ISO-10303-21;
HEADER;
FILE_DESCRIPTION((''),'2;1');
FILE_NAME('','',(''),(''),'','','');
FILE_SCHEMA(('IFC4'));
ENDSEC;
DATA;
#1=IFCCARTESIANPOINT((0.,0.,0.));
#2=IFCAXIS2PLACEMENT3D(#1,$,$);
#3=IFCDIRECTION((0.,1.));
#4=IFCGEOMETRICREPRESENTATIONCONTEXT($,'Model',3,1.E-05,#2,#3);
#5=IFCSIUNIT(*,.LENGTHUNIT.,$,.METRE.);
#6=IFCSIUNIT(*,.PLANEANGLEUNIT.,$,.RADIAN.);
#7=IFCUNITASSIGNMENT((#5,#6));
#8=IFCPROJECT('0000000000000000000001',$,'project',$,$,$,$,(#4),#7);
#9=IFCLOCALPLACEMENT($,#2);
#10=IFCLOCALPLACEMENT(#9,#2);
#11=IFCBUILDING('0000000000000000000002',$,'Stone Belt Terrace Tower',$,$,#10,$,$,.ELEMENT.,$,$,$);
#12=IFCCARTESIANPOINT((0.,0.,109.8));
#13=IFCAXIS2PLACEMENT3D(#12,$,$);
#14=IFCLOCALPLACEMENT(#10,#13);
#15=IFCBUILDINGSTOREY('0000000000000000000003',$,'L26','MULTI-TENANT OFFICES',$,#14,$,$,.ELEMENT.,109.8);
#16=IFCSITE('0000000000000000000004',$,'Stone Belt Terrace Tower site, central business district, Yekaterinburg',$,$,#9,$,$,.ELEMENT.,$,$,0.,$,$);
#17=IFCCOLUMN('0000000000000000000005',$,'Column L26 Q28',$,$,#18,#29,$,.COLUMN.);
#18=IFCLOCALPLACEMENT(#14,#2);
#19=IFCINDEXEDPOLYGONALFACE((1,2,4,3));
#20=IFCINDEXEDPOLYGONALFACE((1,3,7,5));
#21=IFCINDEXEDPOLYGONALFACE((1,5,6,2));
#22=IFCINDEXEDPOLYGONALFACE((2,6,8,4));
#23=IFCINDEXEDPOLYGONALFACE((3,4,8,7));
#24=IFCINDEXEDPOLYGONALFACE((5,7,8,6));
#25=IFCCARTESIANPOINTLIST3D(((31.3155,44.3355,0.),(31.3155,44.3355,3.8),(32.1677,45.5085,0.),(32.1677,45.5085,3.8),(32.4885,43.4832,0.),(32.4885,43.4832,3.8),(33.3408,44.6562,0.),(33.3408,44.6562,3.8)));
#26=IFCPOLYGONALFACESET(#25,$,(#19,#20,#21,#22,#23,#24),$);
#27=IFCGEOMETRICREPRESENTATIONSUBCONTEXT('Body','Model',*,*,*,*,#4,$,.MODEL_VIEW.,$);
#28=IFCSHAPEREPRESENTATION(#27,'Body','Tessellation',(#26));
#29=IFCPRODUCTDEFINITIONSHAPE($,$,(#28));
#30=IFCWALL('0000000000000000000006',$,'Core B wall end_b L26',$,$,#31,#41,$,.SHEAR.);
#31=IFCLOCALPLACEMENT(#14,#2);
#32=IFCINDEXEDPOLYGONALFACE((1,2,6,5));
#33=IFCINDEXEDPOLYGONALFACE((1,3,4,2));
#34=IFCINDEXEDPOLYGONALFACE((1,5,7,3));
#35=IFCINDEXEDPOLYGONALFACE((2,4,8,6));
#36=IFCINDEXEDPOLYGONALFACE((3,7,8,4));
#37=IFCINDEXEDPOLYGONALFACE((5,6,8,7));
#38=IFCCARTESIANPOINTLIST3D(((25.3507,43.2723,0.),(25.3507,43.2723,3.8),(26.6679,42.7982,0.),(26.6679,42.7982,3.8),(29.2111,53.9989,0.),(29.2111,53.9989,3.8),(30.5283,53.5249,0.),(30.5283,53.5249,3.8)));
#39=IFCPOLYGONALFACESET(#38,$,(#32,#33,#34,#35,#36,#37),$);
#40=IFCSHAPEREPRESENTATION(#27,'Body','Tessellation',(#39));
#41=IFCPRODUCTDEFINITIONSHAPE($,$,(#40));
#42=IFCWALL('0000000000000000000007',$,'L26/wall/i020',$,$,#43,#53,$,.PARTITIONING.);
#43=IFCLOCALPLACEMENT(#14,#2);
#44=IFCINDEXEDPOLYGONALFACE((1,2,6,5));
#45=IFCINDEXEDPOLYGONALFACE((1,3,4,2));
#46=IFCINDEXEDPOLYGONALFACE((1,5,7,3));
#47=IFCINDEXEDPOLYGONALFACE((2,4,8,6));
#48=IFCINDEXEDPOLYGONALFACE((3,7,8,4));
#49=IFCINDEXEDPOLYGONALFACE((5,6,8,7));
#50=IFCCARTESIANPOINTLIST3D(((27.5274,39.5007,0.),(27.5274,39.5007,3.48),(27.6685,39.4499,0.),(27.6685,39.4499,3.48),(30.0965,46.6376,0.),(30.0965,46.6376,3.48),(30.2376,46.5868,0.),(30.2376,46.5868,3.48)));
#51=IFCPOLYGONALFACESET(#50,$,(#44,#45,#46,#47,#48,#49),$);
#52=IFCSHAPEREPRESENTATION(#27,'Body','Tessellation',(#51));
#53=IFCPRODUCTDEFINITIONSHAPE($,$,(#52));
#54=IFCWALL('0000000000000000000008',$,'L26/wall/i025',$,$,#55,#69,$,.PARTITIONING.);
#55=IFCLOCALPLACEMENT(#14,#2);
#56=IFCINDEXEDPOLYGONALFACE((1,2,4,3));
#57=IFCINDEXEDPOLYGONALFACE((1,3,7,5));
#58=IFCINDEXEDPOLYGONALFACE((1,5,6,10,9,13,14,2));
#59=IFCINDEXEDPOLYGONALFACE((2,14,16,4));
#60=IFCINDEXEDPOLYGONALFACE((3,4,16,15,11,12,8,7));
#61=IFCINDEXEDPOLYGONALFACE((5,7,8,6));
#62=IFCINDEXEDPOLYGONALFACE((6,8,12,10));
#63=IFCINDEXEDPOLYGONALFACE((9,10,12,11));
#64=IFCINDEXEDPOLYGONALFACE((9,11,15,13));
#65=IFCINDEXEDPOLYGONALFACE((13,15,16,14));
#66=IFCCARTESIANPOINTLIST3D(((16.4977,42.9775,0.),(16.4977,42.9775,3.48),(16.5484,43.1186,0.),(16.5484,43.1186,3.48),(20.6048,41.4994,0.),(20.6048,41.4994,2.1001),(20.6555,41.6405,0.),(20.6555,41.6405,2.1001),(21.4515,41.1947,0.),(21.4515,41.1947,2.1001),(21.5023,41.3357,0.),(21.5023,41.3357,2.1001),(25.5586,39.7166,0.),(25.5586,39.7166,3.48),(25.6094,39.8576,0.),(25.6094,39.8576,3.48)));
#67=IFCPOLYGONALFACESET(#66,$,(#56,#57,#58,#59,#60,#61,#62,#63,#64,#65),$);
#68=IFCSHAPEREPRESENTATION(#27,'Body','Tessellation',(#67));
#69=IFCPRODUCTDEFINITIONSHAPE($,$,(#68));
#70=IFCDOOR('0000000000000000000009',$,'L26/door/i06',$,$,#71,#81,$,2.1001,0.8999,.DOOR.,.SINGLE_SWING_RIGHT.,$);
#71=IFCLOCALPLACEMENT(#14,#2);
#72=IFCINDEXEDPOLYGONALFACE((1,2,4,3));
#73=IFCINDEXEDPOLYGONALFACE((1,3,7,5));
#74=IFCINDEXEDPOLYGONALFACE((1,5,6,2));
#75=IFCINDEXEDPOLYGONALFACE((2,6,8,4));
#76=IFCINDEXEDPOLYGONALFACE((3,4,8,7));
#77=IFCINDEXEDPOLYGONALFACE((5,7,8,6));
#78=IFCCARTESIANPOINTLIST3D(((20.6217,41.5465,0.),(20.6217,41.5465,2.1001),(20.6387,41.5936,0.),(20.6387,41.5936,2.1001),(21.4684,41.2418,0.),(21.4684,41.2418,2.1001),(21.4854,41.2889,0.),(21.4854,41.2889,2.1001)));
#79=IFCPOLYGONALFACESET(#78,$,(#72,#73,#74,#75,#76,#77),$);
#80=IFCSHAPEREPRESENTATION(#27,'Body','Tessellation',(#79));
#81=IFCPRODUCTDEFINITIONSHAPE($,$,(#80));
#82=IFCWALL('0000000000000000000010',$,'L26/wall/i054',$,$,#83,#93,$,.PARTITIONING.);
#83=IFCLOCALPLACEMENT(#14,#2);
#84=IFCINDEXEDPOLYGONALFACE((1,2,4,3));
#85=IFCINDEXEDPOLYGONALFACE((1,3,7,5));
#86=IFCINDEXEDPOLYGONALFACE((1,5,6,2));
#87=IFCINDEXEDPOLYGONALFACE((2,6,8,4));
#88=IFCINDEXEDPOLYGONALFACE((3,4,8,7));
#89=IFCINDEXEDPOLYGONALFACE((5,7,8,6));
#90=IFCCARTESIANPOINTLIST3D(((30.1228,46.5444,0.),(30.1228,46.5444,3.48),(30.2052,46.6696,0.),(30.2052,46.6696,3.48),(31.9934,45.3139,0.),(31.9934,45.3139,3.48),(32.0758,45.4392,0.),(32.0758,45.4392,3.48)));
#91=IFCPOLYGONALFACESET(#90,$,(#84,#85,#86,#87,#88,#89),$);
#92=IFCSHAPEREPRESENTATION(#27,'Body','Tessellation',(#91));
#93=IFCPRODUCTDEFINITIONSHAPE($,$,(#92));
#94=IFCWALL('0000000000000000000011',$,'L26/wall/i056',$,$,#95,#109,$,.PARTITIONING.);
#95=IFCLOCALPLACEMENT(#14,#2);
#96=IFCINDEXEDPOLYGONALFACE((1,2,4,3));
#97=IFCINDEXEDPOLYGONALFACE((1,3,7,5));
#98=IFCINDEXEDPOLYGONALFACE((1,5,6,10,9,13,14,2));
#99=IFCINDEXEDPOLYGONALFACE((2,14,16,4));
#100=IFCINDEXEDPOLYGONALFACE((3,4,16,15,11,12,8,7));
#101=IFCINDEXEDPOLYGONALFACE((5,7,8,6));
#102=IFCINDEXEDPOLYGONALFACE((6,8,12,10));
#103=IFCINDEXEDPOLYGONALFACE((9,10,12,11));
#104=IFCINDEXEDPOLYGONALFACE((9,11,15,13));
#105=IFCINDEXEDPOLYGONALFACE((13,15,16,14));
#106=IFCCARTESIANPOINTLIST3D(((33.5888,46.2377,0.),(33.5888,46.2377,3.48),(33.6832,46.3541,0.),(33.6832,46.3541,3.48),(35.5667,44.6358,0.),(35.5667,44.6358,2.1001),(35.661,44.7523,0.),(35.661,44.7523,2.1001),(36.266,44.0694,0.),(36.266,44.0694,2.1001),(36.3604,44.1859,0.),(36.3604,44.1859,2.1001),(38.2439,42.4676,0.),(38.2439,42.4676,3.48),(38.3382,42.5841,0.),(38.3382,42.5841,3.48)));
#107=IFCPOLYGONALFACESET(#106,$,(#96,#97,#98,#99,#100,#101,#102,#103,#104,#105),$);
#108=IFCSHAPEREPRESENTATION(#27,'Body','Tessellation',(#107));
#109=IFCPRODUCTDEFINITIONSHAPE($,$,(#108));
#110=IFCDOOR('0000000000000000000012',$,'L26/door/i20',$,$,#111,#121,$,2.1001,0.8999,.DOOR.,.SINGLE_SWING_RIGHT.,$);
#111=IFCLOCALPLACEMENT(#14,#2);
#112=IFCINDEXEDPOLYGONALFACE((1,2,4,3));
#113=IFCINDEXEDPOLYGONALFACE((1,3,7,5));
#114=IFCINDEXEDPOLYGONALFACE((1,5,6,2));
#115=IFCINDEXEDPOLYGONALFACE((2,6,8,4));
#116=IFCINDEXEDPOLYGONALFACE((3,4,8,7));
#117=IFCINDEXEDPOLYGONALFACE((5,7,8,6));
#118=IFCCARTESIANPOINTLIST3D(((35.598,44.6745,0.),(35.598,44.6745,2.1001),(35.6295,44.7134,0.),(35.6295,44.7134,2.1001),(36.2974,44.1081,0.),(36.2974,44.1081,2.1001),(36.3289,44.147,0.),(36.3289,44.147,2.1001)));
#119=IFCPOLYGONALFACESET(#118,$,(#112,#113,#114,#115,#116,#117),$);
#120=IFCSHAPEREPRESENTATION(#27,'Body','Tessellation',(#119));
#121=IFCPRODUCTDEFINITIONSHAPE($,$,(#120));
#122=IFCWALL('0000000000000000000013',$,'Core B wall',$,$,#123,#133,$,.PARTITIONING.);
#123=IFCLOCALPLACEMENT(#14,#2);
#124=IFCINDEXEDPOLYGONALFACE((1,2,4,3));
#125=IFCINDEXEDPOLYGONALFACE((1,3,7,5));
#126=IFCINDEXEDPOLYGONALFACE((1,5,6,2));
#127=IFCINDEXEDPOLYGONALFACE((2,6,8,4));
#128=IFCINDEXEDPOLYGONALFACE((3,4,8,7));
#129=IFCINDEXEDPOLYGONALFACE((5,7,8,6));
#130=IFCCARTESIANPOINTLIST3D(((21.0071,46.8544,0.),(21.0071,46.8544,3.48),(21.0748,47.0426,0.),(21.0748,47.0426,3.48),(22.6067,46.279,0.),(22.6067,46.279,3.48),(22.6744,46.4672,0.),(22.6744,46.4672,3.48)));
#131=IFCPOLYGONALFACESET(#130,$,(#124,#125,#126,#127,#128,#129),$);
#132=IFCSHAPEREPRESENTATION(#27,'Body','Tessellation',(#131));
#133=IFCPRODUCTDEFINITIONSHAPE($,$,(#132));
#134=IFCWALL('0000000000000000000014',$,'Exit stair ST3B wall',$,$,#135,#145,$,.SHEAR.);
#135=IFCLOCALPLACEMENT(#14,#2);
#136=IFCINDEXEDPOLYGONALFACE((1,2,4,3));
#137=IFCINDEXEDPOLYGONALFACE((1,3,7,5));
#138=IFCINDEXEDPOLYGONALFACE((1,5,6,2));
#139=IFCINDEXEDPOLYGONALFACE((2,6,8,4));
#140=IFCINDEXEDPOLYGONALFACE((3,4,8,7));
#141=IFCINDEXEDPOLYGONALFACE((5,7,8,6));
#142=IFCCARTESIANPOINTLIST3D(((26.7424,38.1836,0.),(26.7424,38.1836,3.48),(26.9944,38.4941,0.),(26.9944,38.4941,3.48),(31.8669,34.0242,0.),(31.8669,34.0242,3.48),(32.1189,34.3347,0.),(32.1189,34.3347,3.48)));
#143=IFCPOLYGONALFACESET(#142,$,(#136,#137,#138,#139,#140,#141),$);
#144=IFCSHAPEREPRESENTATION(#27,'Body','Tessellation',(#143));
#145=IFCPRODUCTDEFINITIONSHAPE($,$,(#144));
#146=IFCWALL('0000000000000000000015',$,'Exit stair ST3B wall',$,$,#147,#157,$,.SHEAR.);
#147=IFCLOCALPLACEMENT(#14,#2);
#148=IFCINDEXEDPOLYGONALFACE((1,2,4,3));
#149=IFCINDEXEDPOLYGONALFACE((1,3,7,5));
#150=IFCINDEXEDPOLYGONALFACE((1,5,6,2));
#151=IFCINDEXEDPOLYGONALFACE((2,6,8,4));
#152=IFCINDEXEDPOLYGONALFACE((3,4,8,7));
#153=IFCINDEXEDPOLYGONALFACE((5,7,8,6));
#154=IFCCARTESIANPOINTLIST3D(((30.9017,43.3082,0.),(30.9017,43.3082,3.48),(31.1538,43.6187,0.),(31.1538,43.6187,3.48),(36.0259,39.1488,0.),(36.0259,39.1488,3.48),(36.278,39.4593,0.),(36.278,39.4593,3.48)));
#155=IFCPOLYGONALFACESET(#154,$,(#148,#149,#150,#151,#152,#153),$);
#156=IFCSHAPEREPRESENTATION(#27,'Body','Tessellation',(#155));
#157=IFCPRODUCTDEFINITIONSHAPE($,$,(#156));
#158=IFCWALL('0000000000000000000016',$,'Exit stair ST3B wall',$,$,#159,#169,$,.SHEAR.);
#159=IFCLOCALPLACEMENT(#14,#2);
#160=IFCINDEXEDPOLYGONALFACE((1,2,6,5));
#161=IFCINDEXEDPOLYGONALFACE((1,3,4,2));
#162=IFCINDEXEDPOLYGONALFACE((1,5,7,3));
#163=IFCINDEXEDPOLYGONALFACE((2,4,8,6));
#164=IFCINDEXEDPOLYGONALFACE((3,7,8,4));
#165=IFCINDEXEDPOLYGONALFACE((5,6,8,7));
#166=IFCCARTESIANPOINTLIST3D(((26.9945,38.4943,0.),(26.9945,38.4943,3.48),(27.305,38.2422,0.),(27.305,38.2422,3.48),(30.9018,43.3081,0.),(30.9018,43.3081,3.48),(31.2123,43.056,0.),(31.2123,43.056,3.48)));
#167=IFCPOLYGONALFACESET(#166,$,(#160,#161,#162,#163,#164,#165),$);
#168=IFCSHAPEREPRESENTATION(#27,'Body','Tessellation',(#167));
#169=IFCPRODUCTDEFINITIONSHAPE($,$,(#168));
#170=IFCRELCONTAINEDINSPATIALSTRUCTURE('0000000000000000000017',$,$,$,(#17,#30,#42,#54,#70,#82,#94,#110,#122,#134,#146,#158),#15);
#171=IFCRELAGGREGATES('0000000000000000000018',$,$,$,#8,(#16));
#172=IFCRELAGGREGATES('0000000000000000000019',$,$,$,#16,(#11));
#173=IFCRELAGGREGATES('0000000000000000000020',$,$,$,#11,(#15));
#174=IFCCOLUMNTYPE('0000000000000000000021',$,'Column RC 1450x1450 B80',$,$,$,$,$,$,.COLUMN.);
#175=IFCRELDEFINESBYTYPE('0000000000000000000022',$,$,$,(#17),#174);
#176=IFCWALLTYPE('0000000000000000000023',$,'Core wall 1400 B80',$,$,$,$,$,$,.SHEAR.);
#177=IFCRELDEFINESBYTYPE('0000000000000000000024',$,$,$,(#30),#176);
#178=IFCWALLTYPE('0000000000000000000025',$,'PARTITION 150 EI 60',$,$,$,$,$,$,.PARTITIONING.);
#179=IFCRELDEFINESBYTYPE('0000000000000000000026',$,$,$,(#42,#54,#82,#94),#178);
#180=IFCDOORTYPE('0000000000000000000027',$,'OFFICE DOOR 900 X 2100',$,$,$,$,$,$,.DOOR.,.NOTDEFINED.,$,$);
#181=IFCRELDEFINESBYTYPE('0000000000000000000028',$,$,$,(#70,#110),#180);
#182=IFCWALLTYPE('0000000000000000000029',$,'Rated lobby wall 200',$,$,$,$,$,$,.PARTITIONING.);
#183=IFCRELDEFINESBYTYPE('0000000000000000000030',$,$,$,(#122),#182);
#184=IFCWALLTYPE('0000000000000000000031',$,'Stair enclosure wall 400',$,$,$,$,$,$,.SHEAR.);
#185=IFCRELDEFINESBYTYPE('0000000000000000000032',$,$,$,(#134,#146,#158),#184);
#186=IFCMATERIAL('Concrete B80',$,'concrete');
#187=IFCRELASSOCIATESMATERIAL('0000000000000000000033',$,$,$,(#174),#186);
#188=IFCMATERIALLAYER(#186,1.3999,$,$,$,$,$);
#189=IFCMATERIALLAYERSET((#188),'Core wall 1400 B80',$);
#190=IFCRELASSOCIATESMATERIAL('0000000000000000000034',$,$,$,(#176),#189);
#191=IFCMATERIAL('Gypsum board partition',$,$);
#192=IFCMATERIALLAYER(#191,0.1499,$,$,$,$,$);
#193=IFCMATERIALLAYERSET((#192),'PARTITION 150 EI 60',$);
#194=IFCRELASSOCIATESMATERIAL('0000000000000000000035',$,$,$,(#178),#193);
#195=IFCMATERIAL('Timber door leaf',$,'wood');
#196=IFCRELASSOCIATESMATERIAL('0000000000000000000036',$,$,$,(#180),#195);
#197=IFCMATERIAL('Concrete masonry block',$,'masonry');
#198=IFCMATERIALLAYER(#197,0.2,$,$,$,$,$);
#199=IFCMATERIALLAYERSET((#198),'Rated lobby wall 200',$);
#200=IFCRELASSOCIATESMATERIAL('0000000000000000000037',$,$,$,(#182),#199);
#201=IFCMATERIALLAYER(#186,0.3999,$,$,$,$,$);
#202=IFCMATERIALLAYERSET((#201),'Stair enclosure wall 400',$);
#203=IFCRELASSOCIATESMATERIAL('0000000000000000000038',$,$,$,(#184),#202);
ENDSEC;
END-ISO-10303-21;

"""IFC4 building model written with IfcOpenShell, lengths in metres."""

from ifc_helpers import new_model, si_unit, direction, frame, frame_2d, origin, origin_2d, place, context, subcontext, project, spatial, rectangle, extrude, material, layer, layer_set, material_profile, profile_set, type_object, element, fill, save


model = new_model("IFC4")

# Units and contexts
model_context = context("Model", 3, precision=1e-05, world=origin(), true_north=direction((0.0, 1.0)))
body_context = subcontext(model_context, "Body", "Model", "MODEL_VIEW")
ifc_project = project(units=[si_unit("LENGTHUNIT", "METRE"), si_unit("PLANEANGLEUNIT", "RADIAN")], contexts=[model_context])

# Site, building, storey
site_placement = place(None, origin())
site = spatial("IfcSite", under=ifc_project, at=site_placement, Name="Stone Belt Terrace Tower site, central business district, Yekaterinburg", CompositionType="ELEMENT", RefElevation=0.0)
building_placement = place(site_placement, origin())
building = spatial("IfcBuilding", under=site, at=building_placement, Name="Stone Belt Terrace Tower", CompositionType="ELEMENT")
storey_placement = place(building_placement, frame((0.0, 0.0, 109.8)))
storey = spatial("IfcBuildingStorey", under=building, at=storey_placement, Name="L26", Description="MULTI-TENANT OFFICES", CompositionType="ELEMENT", Elevation=109.8)

# Column
ifc_material_1 = material(Name="Concrete B80", Category="concrete")
ifc_material_profile = material_profile(ifc_material_1, rectangle(XDim=1.45, YDim=1.45, at=origin_2d()), Name="RC 1450x1450")
ifc_profile_set = profile_set([ifc_material_profile], Name="Concrete B80")
column_type = type_object("IfcColumnType", Name="Column RC 1450x1450 B80", PredefinedType="COLUMN", material=ifc_profile_set)
column_placement = place(storey_placement, frame((32.3281, 44.4958, 0.0), z_axis=(0.0, 0.0, 1.0), x_axis=(0.809017, -0.587785, 0.0)))
element("IfcColumn", 1, at=column_placement, inside=storey, type_object=column_type, Name="Column L26 Q28", PredefinedType="COLUMN", context=body_context, shape_type="SweptSolid", body=[
    extrude(rectangle(XDim=1.45, YDim=1.45, at=origin_2d()), origin(), (0.0, 0.0, 1.0), 3.8),
])

# Walls
ifc_layer_1 = layer(ifc_material_1, 1.3999)
ifc_layer_set_1 = layer_set([ifc_layer_1], Name="Core wall 1400 B80")
wall_type_1 = type_object("IfcWallType", Name="Core wall 1400 B80", PredefinedType="SHEAR", material=ifc_layer_set_1)
wall_1_placement = place(storey_placement, frame((26.0093, 43.0352, 0.0), z_axis=(0.0, 0.0, 1.0), x_axis=(0.338625, 0.940921, 0.0)))
element("IfcWall", 2, at=wall_1_placement, inside=storey, type_object=wall_type_1, Name="Core B wall end_b L26", PredefinedType="SHEAR", context=body_context, shape_type="SweptSolid", body=[
    extrude(rectangle(XDim=11.4001, YDim=1.3999, at=frame_2d((5.7002, 0.0))), origin(), (0.0, 0.0, 1.0), 3.8),
])
ifc_material_2 = material(Name="Gypsum board partition")
ifc_layer_2 = layer(ifc_material_2, 0.1499)
ifc_layer_set_2 = layer_set([ifc_layer_2], Name="PARTITION 150 EI 60")
wall_type_2 = type_object("IfcWallType", Name="PARTITION 150 EI 60", PredefinedType="PARTITIONING", material=ifc_layer_set_2)
wall_2_placement = place(storey_placement, frame((30.167, 46.6121, 0.0), z_axis=(0.0, 0.0, 1.0), x_axis=(-0.338694, -0.940896, 0.0)))
element("IfcWall", 3, at=wall_2_placement, inside=storey, type_object=wall_type_2, Name="L26/wall/i020", PredefinedType="PARTITIONING", context=body_context, shape_type="SweptSolid", body=[
    extrude(rectangle(XDim=7.5852, YDim=0.1499, at=frame_2d((3.7925, 0.0))), origin(), (0.0, 0.0, 1.0), 3.48),
])

# Wall, opening, door
wall_3_placement = place(storey_placement, frame((25.584, 39.7871, 0.0), z_axis=(0.0, 0.0, 1.0), x_axis=(-0.94092, 0.338629, 0.0)))
wall_3 = element("IfcWall", 4, at=wall_3_placement, inside=storey, type_object=wall_type_2, Name="L26/wall/i025", PredefinedType="PARTITIONING", context=body_context, shape_type="SweptSolid", body=[
    extrude(rectangle(XDim=9.6299, YDim=0.1499, at=frame_2d((4.8149, 0.0))), origin(), (0.0, 0.0, 1.0), 3.48),
])
opening_1_placement = place(wall_3_placement, frame((4.365, 0.0, 0.0)))
opening_1 = element("IfcOpeningElement", 5, at=opening_1_placement, cuts=wall_3, PredefinedType="OPENING", context=body_context, shape_type="SweptSolid", body=[
    extrude(rectangle(XDim=0.8999, YDim=2.1001, at=frame_2d((0.45, 1.05))), frame((0.0, 0.085, 0.0), z_axis=(0.0, -1.0, 0.0), x_axis=(1.0, 0.0, 0.0)), (0.0, 0.0, 1.0), 0.1699),
])
ifc_material_3 = material(Name="Timber door leaf", Category="wood")
door_type = type_object("IfcDoorType", Name="OFFICE DOOR 900 X 2100", OperationType="NOTDEFINED", PredefinedType="DOOR", material=ifc_material_3)
door_1_placement = place(opening_1_placement, origin())
door_1 = element("IfcDoor", 6, at=door_1_placement, inside=storey, type_object=door_type, Name="L26/door/i06", OperationType="SINGLE_SWING_RIGHT", OverallHeight=2.1001, OverallWidth=0.8999, PredefinedType="DOOR", context=body_context, shape_type="SweptSolid", body=[
    extrude(rectangle(XDim=0.8999, YDim=2.1001, at=frame_2d((0.45, 1.05))), frame((0.0, 0.0249, 0.0), z_axis=(0.0, -1.0, 0.0), x_axis=(1.0, 0.0, 0.0)), (0.0, 0.0, 1.0), 0.05),
])
fill(opening_1, door_1)

# Wall
wall_4_placement = place(storey_placement, frame((32.0347, 45.3765, 0.0), z_axis=(0.0, 0.0, 1.0), x_axis=(-0.835457, 0.549556, 0.0)))
element("IfcWall", 7, at=wall_4_placement, inside=storey, type_object=wall_type_2, Name="L26/wall/i054", PredefinedType="PARTITIONING", context=body_context, shape_type="SweptSolid", body=[
    extrude(rectangle(XDim=2.239, YDim=0.1499, at=frame_2d((1.1196, 0.0))), origin(), (0.0, 0.0, 1.0), 3.48),
])

# Wall, opening, door
wall_5_placement = place(storey_placement, frame((33.636, 46.2959, 0.0), z_axis=(0.0, 0.0, 1.0), x_axis=(0.777109, -0.629366, 0.0)))
wall_5 = element("IfcWall", 8, at=wall_5_placement, inside=storey, type_object=wall_type_2, Name="L26/wall/i056", PredefinedType="PARTITIONING", context=body_context, shape_type="SweptSolid", body=[
    extrude(rectangle(XDim=5.9902, YDim=0.1499, at=frame_2d((2.9951, 0.0))), origin(), (0.0, 0.0, 1.0), 3.48),
])
opening_2_placement = place(wall_5_placement, frame((2.5452, 0.0, 0.0)))
opening_2 = element("IfcOpeningElement", 9, at=opening_2_placement, cuts=wall_5, PredefinedType="OPENING", context=body_context, shape_type="SweptSolid", body=[
    extrude(rectangle(XDim=0.8999, YDim=2.1001, at=frame_2d((0.45, 1.05))), frame((0.0, 0.085, 0.0), z_axis=(0.0, -1.0, 0.0), x_axis=(1.0, 0.0, 0.0)), (0.0, 0.0, 1.0), 0.1699),
])
door_2_placement = place(opening_2_placement, origin())
door_2 = element("IfcDoor", 10, at=door_2_placement, inside=storey, type_object=door_type, Name="L26/door/i20", OperationType="SINGLE_SWING_RIGHT", OverallHeight=2.1001, OverallWidth=0.8999, PredefinedType="DOOR", context=body_context, shape_type="SweptSolid", body=[
    extrude(rectangle(XDim=0.8999, YDim=2.1001, at=frame_2d((0.45, 1.05))), frame((0.0, 0.0249, 0.0), z_axis=(0.0, -1.0, 0.0), x_axis=(1.0, 0.0, 0.0)), (0.0, 0.0, 1.0), 0.05),
])
fill(opening_2, door_2)

# Walls
ifc_material_4 = material(Name="Concrete masonry block", Category="masonry")
ifc_layer_3 = layer(ifc_material_4, 0.2)
ifc_layer_set_3 = layer_set([ifc_layer_3], Name="Rated lobby wall 200")
wall_type_3 = type_object("IfcWallType", Name="Rated lobby wall 200", PredefinedType="PARTITIONING", material=ifc_layer_set_3)
wall_6_placement = place(storey_placement, frame((22.6406, 46.373, 0.0), z_axis=(0.0, 0.0, 1.0), x_axis=(-0.940966, 0.338501, 0.0)))
element("IfcWall", 11, at=wall_6_placement, inside=storey, type_object=wall_type_3, Name="Core B wall", PredefinedType="PARTITIONING", context=body_context, shape_type="SweptSolid", body=[
    extrude(rectangle(XDim=1.7, YDim=0.2, at=frame_2d((0.8501, 0.0))), origin(), (0.0, 0.0, 1.0), 3.48),
])
ifc_layer_4 = layer(ifc_material_1, 0.3999)
ifc_layer_set_4 = layer_set([ifc_layer_4], Name="Stair enclosure wall 400")
wall_type_4 = type_object("IfcWallType", Name="Stair enclosure wall 400", PredefinedType="SHEAR", material=ifc_layer_set_4)
wall_7_placement = place(storey_placement, frame((26.8684, 38.3389, 0.0), z_axis=(0.0, 0.0, 1.0), x_axis=(0.776428, -0.630205, 0.0)))
element("IfcWall", 12, at=wall_7_placement, inside=storey, type_object=wall_type_4, Name="Exit stair ST3B wall", PredefinedType="SHEAR", context=body_context, shape_type="SweptSolid", body=[
    extrude(rectangle(XDim=6.6001, YDim=0.3999, at=frame_2d((3.3, 0.0))), origin(), (0.0, 0.0, 1.0), 3.48),
])
wall_8_placement = place(storey_placement, frame((31.0278, 43.4634, 0.0), z_axis=(0.0, 0.0, 1.0), x_axis=(0.776414, -0.630224, 0.0)))
element("IfcWall", 13, at=wall_8_placement, inside=storey, type_object=wall_type_4, Name="Exit stair ST3B wall", PredefinedType="SHEAR", context=body_context, shape_type="SweptSolid", body=[
    extrude(rectangle(XDim=6.5999, YDim=0.3999, at=frame_2d((3.2998, 0.0))), origin(), (0.0, 0.0, 1.0), 3.48),
])
wall_9_placement = place(storey_placement, frame((27.1497, 38.3682, 0.0), z_axis=(0.0, 0.0, 1.0), x_axis=(0.630212, 0.776423, 0.0)))
element("IfcWall", 14, at=wall_9_placement, inside=storey, type_object=wall_type_4, Name="Exit stair ST3B wall", PredefinedType="SHEAR", context=body_context, shape_type="SweptSolid", body=[
    extrude(rectangle(XDim=6.2, YDim=0.3999, at=frame_2d((3.1001, 0.0))), origin(), (0.0, 0.0, 1.0), 3.48),
])

save(model, "model.ifc")
